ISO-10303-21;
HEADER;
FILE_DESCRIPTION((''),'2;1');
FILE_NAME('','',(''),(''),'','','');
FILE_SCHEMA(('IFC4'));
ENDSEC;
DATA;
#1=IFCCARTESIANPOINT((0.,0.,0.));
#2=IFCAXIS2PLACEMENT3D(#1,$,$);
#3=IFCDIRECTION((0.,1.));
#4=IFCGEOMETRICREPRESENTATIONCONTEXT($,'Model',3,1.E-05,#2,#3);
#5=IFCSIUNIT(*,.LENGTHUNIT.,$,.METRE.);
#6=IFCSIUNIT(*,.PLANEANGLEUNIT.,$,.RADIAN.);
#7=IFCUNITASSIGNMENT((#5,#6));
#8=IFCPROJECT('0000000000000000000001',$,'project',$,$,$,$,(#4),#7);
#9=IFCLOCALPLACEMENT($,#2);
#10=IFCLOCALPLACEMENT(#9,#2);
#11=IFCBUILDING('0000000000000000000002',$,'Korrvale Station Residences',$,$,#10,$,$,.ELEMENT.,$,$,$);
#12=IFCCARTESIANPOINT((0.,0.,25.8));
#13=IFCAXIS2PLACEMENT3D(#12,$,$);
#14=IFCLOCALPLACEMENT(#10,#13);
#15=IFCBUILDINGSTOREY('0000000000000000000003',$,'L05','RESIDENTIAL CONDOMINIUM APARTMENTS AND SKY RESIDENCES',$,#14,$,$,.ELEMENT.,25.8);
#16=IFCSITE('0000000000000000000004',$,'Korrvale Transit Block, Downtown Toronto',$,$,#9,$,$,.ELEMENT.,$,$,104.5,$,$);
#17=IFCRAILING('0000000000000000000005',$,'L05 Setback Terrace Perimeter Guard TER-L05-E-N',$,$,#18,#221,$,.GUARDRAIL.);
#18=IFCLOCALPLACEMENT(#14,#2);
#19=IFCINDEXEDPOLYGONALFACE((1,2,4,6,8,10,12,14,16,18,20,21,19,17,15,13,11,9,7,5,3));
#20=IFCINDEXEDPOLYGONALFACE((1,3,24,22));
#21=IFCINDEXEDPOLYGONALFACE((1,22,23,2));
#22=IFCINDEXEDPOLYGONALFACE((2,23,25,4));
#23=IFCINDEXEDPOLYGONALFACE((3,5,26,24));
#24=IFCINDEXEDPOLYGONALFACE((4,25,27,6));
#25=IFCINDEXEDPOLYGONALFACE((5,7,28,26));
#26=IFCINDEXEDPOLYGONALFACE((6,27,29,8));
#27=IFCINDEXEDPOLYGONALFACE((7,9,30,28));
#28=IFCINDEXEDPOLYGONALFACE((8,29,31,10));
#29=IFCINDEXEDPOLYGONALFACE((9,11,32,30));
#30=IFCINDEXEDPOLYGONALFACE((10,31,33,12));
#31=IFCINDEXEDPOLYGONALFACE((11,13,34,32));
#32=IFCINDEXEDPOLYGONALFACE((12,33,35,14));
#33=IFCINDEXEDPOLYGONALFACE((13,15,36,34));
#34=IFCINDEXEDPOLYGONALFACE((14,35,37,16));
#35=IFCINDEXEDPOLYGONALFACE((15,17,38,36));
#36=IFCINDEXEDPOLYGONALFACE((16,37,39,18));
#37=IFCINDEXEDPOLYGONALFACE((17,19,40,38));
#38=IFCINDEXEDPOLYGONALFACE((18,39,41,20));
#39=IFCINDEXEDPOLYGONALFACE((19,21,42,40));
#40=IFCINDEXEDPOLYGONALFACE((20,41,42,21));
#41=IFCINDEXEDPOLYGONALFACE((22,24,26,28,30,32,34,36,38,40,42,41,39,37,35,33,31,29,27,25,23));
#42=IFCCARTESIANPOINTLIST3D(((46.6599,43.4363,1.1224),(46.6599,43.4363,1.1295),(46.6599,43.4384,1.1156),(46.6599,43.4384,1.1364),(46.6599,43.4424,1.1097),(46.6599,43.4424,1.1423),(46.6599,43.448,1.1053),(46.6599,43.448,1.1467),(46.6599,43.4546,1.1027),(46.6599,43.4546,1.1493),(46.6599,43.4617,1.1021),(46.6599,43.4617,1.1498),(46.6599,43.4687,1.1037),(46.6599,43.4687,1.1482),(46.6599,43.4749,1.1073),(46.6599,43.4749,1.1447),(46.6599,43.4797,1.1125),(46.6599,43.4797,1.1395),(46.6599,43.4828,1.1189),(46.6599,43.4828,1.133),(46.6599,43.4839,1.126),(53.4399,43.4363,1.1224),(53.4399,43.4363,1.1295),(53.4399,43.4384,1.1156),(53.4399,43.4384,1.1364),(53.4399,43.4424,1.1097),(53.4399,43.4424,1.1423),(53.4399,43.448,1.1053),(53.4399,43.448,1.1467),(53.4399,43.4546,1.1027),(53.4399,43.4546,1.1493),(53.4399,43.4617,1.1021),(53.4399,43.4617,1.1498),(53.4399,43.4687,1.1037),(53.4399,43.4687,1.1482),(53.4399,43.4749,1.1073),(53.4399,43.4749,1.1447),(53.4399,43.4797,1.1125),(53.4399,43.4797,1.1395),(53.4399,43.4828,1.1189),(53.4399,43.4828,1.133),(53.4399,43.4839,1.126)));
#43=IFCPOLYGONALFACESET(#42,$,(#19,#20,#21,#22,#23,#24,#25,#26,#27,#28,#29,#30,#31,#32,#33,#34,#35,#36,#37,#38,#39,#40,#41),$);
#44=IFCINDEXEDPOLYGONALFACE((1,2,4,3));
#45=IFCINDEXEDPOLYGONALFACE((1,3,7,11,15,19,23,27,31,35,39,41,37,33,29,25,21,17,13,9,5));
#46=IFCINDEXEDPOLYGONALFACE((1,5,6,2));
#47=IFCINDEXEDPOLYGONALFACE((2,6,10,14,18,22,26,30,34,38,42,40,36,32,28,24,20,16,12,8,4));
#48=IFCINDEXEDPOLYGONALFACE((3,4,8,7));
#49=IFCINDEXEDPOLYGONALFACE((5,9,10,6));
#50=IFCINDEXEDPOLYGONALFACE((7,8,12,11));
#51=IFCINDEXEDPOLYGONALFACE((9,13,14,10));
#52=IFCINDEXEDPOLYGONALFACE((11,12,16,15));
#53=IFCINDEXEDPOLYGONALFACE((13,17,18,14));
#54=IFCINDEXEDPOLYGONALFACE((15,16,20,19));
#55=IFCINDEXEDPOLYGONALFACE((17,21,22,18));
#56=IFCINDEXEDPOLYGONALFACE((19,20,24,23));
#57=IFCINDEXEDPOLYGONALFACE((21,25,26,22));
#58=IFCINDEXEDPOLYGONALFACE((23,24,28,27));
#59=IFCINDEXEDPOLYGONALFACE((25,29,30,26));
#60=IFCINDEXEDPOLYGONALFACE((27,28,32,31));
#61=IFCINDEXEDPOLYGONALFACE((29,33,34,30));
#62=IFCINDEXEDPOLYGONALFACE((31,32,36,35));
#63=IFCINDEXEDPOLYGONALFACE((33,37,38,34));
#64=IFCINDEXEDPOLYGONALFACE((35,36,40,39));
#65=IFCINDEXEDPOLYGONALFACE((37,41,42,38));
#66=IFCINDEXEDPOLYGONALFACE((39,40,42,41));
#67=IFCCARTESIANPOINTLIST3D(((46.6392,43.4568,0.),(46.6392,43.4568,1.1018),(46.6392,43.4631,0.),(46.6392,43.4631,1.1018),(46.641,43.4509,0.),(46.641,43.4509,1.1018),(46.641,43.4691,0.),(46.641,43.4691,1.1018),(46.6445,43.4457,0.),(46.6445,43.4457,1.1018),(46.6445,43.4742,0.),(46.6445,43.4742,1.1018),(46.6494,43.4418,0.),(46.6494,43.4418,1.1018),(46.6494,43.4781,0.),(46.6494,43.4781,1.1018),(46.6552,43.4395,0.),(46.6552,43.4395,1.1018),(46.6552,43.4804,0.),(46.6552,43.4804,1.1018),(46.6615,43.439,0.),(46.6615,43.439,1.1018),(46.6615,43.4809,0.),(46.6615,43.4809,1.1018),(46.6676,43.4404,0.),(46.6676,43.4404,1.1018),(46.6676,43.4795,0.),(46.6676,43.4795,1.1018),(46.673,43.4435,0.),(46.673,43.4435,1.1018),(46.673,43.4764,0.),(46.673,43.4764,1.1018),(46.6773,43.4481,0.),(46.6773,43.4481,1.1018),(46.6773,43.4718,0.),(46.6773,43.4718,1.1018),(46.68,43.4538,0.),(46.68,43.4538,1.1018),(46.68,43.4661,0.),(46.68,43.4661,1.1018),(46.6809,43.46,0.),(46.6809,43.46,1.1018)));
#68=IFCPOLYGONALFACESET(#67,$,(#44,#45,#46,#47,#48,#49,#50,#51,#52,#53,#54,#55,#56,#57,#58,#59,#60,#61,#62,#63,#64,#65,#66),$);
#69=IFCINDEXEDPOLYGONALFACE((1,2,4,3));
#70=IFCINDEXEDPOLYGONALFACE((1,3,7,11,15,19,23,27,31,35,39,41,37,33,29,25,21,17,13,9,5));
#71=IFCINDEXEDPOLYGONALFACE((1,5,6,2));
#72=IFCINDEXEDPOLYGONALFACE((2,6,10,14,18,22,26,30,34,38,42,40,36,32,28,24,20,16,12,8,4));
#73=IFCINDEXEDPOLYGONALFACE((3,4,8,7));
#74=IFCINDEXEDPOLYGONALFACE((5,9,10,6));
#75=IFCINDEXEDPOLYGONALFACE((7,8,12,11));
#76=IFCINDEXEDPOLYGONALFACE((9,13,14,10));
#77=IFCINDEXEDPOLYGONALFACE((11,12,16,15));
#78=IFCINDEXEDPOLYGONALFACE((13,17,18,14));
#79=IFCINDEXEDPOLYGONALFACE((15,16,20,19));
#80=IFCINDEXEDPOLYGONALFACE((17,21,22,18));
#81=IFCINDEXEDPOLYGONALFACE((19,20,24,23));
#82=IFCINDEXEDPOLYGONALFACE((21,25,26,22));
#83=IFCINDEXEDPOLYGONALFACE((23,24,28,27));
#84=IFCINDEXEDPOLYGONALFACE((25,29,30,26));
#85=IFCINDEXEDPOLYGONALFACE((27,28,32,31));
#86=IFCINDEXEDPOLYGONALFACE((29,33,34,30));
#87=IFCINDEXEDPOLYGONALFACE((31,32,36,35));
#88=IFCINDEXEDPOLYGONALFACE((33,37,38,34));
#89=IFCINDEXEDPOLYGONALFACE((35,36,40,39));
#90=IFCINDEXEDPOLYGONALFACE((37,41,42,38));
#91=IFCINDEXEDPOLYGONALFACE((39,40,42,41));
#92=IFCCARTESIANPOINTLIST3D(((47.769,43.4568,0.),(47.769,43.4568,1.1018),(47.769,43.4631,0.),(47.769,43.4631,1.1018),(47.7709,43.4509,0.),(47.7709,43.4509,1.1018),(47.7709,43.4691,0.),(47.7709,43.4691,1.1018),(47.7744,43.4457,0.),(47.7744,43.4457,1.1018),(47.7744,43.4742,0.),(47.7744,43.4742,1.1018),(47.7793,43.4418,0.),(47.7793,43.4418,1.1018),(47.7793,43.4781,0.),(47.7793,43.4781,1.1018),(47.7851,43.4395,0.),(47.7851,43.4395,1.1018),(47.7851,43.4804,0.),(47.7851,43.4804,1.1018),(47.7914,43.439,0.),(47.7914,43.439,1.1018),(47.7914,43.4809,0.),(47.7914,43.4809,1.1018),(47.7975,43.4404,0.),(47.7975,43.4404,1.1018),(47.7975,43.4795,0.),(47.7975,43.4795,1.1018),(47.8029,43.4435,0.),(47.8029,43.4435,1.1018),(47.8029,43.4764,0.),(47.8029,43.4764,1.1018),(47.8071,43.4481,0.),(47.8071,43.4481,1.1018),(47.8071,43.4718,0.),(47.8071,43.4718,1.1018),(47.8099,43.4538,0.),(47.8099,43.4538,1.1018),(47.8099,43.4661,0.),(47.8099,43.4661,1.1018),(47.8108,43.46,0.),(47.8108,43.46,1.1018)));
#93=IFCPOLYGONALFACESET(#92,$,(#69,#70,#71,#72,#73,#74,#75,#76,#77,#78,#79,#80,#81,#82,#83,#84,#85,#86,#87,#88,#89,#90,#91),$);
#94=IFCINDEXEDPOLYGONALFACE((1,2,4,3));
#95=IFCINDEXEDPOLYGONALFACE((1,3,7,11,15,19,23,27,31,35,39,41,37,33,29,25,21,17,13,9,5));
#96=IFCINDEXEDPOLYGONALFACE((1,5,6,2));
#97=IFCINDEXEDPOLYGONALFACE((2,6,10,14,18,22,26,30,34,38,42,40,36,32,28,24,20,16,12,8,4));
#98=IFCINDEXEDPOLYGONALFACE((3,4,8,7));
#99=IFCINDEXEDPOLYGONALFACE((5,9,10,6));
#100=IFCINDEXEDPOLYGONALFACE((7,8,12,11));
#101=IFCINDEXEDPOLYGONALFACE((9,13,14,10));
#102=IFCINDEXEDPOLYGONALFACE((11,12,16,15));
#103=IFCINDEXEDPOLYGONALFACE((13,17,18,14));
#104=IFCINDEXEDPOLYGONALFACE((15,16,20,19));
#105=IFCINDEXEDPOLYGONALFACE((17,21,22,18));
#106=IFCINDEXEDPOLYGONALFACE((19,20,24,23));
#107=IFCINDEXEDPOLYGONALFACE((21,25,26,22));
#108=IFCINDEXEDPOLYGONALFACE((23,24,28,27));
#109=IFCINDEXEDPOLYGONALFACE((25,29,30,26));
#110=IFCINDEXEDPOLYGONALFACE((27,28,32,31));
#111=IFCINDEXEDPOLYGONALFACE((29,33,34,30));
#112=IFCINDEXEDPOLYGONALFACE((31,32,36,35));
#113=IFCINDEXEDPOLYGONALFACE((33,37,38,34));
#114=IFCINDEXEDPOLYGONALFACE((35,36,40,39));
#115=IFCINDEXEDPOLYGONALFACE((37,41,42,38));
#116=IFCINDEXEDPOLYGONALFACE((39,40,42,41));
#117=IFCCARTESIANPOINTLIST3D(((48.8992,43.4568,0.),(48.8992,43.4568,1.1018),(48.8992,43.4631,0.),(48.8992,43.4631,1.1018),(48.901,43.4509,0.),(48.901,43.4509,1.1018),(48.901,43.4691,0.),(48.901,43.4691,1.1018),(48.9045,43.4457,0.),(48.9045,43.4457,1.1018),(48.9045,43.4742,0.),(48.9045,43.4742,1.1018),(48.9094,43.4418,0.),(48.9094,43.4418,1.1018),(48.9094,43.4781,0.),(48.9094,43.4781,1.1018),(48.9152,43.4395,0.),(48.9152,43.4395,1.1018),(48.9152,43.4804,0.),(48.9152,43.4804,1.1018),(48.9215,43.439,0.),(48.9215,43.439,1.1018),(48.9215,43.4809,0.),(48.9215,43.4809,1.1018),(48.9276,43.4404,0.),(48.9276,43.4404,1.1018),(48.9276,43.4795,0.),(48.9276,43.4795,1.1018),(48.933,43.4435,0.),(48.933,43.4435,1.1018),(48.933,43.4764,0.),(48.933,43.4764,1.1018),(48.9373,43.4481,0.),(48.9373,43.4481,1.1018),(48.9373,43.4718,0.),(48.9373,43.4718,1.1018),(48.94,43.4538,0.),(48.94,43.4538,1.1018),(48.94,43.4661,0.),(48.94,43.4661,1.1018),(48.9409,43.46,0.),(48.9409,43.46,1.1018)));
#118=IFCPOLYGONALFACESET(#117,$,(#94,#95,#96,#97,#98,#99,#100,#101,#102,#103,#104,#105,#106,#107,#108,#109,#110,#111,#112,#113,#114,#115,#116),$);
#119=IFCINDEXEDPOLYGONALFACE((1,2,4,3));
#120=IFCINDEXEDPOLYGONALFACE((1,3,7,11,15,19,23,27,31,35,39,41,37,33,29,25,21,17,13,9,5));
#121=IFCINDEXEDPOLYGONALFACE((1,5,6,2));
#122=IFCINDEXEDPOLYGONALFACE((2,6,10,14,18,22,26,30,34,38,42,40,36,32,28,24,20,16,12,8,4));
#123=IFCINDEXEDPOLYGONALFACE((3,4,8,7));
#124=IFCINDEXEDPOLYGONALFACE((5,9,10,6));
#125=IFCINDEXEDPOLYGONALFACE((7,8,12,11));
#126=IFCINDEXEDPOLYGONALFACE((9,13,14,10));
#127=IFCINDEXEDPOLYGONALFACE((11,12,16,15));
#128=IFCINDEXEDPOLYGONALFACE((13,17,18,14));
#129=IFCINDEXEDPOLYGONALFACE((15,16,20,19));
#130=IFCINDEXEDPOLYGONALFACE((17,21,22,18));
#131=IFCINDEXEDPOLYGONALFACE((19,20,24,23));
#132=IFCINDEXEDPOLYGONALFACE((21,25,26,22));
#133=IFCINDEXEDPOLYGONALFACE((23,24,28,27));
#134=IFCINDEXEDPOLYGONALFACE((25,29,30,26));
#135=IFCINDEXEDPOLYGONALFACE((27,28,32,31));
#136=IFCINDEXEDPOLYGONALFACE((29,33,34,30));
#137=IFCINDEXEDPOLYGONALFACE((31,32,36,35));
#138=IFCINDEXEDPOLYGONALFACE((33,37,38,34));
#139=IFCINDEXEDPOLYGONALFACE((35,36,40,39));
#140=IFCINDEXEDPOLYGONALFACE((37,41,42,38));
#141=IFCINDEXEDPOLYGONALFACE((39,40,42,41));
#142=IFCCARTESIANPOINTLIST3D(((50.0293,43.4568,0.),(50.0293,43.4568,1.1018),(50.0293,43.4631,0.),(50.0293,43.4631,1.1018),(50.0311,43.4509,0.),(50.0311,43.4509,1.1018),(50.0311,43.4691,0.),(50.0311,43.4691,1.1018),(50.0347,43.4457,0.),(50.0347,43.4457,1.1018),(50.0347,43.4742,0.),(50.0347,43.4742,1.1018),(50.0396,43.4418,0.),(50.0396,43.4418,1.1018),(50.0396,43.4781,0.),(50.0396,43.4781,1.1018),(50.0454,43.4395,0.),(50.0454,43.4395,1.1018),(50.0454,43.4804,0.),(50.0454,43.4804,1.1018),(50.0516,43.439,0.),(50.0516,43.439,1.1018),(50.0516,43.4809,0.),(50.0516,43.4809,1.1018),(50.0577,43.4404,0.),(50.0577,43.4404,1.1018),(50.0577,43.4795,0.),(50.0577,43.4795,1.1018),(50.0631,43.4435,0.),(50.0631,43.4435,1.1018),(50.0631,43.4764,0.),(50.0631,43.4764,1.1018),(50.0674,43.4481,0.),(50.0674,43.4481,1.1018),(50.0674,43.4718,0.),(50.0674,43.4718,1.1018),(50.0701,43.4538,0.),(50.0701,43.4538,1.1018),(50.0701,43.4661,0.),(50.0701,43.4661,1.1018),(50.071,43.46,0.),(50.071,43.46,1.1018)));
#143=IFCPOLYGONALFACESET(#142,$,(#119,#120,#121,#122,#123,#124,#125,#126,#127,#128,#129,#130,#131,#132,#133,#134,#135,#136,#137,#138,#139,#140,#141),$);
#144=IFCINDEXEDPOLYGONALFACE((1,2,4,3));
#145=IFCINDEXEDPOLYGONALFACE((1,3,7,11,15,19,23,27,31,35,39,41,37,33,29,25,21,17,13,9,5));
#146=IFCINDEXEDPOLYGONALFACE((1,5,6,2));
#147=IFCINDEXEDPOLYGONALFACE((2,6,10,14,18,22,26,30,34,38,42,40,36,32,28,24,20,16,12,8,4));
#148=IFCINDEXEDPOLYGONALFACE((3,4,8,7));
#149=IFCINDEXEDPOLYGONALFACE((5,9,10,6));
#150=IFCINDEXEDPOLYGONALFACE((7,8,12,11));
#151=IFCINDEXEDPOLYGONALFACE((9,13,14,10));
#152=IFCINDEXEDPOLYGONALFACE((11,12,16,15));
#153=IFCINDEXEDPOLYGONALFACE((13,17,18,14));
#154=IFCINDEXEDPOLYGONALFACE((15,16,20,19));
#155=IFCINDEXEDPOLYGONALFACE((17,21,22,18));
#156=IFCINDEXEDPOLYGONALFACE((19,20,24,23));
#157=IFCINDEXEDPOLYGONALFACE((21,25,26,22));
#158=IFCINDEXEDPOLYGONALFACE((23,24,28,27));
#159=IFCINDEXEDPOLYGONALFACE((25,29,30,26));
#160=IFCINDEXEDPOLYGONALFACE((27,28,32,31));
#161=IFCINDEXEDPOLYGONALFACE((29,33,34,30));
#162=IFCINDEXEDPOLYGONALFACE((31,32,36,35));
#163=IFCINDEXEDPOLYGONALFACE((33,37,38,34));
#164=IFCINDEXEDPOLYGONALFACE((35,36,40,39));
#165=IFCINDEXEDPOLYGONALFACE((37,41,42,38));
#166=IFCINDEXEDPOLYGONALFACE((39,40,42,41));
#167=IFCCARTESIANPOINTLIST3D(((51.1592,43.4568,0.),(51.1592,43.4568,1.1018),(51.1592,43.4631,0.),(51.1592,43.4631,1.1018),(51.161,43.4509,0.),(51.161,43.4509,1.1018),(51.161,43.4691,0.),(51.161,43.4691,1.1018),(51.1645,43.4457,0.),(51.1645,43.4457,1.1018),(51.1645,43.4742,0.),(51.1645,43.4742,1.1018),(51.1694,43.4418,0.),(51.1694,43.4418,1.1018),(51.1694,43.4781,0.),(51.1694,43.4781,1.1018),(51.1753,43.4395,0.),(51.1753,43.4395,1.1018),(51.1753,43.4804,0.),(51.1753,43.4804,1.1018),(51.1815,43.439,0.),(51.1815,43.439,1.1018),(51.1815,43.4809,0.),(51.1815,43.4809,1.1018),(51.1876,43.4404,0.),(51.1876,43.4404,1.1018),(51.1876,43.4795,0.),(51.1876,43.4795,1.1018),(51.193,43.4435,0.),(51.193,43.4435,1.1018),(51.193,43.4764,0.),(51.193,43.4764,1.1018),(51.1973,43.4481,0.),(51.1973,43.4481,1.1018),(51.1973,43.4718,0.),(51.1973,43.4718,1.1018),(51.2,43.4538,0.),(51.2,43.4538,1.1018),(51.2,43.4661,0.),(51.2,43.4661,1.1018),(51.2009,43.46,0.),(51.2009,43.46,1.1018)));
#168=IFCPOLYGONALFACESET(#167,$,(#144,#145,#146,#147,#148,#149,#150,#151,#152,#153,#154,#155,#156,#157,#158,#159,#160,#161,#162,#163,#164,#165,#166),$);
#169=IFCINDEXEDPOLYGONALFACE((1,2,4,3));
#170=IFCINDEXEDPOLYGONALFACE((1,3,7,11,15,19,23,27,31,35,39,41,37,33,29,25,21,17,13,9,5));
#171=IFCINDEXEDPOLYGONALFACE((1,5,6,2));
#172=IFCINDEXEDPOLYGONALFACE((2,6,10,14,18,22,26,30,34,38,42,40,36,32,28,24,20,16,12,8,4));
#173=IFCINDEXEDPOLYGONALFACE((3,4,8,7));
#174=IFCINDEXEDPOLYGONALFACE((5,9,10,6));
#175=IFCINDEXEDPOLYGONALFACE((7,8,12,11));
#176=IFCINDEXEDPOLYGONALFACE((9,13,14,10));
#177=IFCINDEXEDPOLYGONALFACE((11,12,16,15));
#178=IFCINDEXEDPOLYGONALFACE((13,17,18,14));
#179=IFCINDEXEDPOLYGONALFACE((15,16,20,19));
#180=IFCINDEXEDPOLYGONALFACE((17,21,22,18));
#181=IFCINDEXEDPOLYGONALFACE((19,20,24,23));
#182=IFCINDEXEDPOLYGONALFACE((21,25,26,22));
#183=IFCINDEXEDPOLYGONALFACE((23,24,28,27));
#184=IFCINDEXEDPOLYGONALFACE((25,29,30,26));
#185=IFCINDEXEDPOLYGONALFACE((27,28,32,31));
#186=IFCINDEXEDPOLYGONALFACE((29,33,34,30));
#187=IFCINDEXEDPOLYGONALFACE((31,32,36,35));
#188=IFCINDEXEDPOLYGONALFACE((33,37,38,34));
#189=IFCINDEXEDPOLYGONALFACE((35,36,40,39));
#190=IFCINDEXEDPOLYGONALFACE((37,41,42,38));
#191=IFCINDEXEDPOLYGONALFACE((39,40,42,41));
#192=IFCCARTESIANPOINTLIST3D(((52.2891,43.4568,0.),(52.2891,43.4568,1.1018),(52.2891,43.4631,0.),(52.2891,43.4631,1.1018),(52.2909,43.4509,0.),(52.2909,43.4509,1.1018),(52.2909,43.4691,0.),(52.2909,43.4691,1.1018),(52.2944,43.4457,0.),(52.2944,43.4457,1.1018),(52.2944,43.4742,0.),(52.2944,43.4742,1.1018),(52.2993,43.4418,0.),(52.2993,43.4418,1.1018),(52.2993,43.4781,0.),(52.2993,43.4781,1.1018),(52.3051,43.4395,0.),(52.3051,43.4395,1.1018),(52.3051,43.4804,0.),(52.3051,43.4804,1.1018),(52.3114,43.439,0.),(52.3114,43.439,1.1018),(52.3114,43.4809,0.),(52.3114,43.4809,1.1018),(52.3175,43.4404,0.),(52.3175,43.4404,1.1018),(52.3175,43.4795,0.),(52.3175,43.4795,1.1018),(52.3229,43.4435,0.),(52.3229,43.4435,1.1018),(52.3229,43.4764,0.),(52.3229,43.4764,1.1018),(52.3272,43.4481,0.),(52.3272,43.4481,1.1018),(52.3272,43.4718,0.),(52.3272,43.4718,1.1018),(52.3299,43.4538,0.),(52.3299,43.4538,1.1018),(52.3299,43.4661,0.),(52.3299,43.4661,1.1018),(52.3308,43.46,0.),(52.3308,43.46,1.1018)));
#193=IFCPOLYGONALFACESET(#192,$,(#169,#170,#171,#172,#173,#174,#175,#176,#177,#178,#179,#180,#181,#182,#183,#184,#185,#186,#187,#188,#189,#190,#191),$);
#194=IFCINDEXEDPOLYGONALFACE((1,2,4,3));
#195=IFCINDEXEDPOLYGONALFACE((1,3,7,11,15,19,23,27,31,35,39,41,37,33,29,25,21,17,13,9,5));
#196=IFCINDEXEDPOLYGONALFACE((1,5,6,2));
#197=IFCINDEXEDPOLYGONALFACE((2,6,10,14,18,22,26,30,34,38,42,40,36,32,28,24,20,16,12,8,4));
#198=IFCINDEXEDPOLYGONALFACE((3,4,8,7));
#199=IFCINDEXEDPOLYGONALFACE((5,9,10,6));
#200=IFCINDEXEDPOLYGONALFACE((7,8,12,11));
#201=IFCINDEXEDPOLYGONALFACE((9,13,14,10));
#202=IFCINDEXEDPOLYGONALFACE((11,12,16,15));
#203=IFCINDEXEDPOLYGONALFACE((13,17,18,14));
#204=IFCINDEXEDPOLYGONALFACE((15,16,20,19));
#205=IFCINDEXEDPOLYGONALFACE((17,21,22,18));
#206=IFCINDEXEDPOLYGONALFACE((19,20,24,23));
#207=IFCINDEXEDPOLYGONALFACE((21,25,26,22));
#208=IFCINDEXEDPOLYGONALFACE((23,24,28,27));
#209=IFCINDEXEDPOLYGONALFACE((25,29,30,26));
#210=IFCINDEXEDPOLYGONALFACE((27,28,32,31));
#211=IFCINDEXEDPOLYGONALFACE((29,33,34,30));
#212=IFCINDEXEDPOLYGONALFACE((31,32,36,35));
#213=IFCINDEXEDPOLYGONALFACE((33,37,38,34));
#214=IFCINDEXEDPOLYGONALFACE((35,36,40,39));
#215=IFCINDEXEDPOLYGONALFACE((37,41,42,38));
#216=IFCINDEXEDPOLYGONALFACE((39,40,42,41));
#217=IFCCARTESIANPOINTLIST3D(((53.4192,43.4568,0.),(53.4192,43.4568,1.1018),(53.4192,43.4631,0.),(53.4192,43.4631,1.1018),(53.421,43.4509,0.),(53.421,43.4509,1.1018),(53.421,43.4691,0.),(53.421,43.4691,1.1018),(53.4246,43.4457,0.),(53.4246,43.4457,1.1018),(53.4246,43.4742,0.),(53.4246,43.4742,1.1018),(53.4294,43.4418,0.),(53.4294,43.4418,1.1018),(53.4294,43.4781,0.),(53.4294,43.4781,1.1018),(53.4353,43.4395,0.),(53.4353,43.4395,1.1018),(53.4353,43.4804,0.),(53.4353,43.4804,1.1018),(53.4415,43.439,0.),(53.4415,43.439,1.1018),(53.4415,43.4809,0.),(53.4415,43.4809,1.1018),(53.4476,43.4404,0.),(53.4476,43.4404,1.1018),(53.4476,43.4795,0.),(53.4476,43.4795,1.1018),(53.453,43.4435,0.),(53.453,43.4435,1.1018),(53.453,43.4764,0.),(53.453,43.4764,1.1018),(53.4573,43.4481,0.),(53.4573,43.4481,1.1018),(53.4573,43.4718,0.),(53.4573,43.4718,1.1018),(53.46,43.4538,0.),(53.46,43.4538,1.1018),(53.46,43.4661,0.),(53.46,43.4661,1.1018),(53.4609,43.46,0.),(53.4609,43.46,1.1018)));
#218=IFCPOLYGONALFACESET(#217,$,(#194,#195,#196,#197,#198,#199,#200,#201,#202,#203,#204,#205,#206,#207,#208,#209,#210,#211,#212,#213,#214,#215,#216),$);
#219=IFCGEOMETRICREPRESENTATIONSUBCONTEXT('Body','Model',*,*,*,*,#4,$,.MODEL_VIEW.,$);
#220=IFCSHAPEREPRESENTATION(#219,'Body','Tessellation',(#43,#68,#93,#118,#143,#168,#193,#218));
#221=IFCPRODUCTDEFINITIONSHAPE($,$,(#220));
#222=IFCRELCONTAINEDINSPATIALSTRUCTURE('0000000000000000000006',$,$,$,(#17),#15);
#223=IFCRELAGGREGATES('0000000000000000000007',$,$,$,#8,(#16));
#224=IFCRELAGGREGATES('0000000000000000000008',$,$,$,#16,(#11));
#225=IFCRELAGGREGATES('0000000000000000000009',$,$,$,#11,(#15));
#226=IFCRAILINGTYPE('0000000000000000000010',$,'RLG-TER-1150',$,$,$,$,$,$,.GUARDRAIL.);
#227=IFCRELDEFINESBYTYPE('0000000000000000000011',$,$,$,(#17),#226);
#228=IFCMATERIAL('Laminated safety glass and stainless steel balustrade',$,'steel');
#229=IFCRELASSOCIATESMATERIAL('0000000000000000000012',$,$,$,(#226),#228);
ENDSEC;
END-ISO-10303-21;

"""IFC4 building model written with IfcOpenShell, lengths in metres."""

from ifc_helpers import new_model, si_unit, direction, frame, origin, origin_2d, place, context, subcontext, project, spatial, circle, extrude, material, type_object, element, save


model = new_model("IFC4")

# Units and contexts
model_context = context("Model", 3, precision=1e-05, world=origin(), true_north=direction((0.0, 1.0)))
body_context = subcontext(model_context, "Body", "Model", "MODEL_VIEW")
ifc_project = project(units=[si_unit("LENGTHUNIT", "METRE"), si_unit("PLANEANGLEUNIT", "RADIAN")], contexts=[model_context])

# Site, building, storey
site_placement = place(None, origin())
site = spatial("IfcSite", under=ifc_project, at=site_placement, Name="Korrvale Transit Block, Downtown Toronto", CompositionType="ELEMENT", RefElevation=104.5)
building_placement = place(site_placement, origin())
building = spatial("IfcBuilding", under=site, at=building_placement, Name="Korrvale Station Residences", CompositionType="ELEMENT")
storey_placement = place(building_placement, frame((0.0, 0.0, 25.8)))
storey = spatial("IfcBuildingStorey", under=building, at=storey_placement, Name="L05", Description="RESIDENTIAL CONDOMINIUM APARTMENTS AND SKY RESIDENCES", CompositionType="ELEMENT", Elevation=25.8)

# Railing
ifc_material_1 = material(Name="Laminated safety glass and stainless steel balustrade", Category="steel")
railing_type = type_object("IfcRailingType", Name="RLG-TER-1150", PredefinedType="GUARDRAIL", material=ifc_material_1)
railing_placement = place(storey_placement, frame((46.6599, 43.46, 0.0)))
element("IfcRailing", 1, at=railing_placement, inside=storey, type_object=railing_type, Name="L05 Setback Terrace Perimeter Guard TER-L05-E-N", PredefinedType="GUARDRAIL", context=body_context, shape_type="SweptSolid", body=[
    extrude(circle(Radius=0.0239, at=origin_2d()), frame((0.0, 0.0, 1.126), z_axis=(1.0, 0.0, 0.0), x_axis=(0.0, 1.0, 0.0)), (0.0, 0.0, 1.0), 6.78),
    extrude(circle(Radius=0.021, at=origin_2d()), origin(), (0.0, 0.0, 1.0), 1.1018),
    extrude(circle(Radius=0.021, at=origin_2d()), frame((1.1299, 0.0, 0.0)), (0.0, 0.0, 1.0), 1.1018),
    extrude(circle(Radius=0.021, at=origin_2d()), frame((2.26, 0.0, 0.0)), (0.0, 0.0, 1.0), 1.1018),
    extrude(circle(Radius=0.021, at=origin_2d()), frame((3.3901, 0.0, 0.0)), (0.0, 0.0, 1.0), 1.1018),
    extrude(circle(Radius=0.021, at=origin_2d()), frame((4.52, 0.0, 0.0)), (0.0, 0.0, 1.0), 1.1018),
    extrude(circle(Radius=0.021, at=origin_2d()), frame((5.6499, 0.0, 0.0)), (0.0, 0.0, 1.0), 1.1018),
    extrude(circle(Radius=0.021, at=origin_2d()), frame((6.78, 0.0, 0.0)), (0.0, 0.0, 1.0), 1.1018),
])

save(model, "model.ifc")
